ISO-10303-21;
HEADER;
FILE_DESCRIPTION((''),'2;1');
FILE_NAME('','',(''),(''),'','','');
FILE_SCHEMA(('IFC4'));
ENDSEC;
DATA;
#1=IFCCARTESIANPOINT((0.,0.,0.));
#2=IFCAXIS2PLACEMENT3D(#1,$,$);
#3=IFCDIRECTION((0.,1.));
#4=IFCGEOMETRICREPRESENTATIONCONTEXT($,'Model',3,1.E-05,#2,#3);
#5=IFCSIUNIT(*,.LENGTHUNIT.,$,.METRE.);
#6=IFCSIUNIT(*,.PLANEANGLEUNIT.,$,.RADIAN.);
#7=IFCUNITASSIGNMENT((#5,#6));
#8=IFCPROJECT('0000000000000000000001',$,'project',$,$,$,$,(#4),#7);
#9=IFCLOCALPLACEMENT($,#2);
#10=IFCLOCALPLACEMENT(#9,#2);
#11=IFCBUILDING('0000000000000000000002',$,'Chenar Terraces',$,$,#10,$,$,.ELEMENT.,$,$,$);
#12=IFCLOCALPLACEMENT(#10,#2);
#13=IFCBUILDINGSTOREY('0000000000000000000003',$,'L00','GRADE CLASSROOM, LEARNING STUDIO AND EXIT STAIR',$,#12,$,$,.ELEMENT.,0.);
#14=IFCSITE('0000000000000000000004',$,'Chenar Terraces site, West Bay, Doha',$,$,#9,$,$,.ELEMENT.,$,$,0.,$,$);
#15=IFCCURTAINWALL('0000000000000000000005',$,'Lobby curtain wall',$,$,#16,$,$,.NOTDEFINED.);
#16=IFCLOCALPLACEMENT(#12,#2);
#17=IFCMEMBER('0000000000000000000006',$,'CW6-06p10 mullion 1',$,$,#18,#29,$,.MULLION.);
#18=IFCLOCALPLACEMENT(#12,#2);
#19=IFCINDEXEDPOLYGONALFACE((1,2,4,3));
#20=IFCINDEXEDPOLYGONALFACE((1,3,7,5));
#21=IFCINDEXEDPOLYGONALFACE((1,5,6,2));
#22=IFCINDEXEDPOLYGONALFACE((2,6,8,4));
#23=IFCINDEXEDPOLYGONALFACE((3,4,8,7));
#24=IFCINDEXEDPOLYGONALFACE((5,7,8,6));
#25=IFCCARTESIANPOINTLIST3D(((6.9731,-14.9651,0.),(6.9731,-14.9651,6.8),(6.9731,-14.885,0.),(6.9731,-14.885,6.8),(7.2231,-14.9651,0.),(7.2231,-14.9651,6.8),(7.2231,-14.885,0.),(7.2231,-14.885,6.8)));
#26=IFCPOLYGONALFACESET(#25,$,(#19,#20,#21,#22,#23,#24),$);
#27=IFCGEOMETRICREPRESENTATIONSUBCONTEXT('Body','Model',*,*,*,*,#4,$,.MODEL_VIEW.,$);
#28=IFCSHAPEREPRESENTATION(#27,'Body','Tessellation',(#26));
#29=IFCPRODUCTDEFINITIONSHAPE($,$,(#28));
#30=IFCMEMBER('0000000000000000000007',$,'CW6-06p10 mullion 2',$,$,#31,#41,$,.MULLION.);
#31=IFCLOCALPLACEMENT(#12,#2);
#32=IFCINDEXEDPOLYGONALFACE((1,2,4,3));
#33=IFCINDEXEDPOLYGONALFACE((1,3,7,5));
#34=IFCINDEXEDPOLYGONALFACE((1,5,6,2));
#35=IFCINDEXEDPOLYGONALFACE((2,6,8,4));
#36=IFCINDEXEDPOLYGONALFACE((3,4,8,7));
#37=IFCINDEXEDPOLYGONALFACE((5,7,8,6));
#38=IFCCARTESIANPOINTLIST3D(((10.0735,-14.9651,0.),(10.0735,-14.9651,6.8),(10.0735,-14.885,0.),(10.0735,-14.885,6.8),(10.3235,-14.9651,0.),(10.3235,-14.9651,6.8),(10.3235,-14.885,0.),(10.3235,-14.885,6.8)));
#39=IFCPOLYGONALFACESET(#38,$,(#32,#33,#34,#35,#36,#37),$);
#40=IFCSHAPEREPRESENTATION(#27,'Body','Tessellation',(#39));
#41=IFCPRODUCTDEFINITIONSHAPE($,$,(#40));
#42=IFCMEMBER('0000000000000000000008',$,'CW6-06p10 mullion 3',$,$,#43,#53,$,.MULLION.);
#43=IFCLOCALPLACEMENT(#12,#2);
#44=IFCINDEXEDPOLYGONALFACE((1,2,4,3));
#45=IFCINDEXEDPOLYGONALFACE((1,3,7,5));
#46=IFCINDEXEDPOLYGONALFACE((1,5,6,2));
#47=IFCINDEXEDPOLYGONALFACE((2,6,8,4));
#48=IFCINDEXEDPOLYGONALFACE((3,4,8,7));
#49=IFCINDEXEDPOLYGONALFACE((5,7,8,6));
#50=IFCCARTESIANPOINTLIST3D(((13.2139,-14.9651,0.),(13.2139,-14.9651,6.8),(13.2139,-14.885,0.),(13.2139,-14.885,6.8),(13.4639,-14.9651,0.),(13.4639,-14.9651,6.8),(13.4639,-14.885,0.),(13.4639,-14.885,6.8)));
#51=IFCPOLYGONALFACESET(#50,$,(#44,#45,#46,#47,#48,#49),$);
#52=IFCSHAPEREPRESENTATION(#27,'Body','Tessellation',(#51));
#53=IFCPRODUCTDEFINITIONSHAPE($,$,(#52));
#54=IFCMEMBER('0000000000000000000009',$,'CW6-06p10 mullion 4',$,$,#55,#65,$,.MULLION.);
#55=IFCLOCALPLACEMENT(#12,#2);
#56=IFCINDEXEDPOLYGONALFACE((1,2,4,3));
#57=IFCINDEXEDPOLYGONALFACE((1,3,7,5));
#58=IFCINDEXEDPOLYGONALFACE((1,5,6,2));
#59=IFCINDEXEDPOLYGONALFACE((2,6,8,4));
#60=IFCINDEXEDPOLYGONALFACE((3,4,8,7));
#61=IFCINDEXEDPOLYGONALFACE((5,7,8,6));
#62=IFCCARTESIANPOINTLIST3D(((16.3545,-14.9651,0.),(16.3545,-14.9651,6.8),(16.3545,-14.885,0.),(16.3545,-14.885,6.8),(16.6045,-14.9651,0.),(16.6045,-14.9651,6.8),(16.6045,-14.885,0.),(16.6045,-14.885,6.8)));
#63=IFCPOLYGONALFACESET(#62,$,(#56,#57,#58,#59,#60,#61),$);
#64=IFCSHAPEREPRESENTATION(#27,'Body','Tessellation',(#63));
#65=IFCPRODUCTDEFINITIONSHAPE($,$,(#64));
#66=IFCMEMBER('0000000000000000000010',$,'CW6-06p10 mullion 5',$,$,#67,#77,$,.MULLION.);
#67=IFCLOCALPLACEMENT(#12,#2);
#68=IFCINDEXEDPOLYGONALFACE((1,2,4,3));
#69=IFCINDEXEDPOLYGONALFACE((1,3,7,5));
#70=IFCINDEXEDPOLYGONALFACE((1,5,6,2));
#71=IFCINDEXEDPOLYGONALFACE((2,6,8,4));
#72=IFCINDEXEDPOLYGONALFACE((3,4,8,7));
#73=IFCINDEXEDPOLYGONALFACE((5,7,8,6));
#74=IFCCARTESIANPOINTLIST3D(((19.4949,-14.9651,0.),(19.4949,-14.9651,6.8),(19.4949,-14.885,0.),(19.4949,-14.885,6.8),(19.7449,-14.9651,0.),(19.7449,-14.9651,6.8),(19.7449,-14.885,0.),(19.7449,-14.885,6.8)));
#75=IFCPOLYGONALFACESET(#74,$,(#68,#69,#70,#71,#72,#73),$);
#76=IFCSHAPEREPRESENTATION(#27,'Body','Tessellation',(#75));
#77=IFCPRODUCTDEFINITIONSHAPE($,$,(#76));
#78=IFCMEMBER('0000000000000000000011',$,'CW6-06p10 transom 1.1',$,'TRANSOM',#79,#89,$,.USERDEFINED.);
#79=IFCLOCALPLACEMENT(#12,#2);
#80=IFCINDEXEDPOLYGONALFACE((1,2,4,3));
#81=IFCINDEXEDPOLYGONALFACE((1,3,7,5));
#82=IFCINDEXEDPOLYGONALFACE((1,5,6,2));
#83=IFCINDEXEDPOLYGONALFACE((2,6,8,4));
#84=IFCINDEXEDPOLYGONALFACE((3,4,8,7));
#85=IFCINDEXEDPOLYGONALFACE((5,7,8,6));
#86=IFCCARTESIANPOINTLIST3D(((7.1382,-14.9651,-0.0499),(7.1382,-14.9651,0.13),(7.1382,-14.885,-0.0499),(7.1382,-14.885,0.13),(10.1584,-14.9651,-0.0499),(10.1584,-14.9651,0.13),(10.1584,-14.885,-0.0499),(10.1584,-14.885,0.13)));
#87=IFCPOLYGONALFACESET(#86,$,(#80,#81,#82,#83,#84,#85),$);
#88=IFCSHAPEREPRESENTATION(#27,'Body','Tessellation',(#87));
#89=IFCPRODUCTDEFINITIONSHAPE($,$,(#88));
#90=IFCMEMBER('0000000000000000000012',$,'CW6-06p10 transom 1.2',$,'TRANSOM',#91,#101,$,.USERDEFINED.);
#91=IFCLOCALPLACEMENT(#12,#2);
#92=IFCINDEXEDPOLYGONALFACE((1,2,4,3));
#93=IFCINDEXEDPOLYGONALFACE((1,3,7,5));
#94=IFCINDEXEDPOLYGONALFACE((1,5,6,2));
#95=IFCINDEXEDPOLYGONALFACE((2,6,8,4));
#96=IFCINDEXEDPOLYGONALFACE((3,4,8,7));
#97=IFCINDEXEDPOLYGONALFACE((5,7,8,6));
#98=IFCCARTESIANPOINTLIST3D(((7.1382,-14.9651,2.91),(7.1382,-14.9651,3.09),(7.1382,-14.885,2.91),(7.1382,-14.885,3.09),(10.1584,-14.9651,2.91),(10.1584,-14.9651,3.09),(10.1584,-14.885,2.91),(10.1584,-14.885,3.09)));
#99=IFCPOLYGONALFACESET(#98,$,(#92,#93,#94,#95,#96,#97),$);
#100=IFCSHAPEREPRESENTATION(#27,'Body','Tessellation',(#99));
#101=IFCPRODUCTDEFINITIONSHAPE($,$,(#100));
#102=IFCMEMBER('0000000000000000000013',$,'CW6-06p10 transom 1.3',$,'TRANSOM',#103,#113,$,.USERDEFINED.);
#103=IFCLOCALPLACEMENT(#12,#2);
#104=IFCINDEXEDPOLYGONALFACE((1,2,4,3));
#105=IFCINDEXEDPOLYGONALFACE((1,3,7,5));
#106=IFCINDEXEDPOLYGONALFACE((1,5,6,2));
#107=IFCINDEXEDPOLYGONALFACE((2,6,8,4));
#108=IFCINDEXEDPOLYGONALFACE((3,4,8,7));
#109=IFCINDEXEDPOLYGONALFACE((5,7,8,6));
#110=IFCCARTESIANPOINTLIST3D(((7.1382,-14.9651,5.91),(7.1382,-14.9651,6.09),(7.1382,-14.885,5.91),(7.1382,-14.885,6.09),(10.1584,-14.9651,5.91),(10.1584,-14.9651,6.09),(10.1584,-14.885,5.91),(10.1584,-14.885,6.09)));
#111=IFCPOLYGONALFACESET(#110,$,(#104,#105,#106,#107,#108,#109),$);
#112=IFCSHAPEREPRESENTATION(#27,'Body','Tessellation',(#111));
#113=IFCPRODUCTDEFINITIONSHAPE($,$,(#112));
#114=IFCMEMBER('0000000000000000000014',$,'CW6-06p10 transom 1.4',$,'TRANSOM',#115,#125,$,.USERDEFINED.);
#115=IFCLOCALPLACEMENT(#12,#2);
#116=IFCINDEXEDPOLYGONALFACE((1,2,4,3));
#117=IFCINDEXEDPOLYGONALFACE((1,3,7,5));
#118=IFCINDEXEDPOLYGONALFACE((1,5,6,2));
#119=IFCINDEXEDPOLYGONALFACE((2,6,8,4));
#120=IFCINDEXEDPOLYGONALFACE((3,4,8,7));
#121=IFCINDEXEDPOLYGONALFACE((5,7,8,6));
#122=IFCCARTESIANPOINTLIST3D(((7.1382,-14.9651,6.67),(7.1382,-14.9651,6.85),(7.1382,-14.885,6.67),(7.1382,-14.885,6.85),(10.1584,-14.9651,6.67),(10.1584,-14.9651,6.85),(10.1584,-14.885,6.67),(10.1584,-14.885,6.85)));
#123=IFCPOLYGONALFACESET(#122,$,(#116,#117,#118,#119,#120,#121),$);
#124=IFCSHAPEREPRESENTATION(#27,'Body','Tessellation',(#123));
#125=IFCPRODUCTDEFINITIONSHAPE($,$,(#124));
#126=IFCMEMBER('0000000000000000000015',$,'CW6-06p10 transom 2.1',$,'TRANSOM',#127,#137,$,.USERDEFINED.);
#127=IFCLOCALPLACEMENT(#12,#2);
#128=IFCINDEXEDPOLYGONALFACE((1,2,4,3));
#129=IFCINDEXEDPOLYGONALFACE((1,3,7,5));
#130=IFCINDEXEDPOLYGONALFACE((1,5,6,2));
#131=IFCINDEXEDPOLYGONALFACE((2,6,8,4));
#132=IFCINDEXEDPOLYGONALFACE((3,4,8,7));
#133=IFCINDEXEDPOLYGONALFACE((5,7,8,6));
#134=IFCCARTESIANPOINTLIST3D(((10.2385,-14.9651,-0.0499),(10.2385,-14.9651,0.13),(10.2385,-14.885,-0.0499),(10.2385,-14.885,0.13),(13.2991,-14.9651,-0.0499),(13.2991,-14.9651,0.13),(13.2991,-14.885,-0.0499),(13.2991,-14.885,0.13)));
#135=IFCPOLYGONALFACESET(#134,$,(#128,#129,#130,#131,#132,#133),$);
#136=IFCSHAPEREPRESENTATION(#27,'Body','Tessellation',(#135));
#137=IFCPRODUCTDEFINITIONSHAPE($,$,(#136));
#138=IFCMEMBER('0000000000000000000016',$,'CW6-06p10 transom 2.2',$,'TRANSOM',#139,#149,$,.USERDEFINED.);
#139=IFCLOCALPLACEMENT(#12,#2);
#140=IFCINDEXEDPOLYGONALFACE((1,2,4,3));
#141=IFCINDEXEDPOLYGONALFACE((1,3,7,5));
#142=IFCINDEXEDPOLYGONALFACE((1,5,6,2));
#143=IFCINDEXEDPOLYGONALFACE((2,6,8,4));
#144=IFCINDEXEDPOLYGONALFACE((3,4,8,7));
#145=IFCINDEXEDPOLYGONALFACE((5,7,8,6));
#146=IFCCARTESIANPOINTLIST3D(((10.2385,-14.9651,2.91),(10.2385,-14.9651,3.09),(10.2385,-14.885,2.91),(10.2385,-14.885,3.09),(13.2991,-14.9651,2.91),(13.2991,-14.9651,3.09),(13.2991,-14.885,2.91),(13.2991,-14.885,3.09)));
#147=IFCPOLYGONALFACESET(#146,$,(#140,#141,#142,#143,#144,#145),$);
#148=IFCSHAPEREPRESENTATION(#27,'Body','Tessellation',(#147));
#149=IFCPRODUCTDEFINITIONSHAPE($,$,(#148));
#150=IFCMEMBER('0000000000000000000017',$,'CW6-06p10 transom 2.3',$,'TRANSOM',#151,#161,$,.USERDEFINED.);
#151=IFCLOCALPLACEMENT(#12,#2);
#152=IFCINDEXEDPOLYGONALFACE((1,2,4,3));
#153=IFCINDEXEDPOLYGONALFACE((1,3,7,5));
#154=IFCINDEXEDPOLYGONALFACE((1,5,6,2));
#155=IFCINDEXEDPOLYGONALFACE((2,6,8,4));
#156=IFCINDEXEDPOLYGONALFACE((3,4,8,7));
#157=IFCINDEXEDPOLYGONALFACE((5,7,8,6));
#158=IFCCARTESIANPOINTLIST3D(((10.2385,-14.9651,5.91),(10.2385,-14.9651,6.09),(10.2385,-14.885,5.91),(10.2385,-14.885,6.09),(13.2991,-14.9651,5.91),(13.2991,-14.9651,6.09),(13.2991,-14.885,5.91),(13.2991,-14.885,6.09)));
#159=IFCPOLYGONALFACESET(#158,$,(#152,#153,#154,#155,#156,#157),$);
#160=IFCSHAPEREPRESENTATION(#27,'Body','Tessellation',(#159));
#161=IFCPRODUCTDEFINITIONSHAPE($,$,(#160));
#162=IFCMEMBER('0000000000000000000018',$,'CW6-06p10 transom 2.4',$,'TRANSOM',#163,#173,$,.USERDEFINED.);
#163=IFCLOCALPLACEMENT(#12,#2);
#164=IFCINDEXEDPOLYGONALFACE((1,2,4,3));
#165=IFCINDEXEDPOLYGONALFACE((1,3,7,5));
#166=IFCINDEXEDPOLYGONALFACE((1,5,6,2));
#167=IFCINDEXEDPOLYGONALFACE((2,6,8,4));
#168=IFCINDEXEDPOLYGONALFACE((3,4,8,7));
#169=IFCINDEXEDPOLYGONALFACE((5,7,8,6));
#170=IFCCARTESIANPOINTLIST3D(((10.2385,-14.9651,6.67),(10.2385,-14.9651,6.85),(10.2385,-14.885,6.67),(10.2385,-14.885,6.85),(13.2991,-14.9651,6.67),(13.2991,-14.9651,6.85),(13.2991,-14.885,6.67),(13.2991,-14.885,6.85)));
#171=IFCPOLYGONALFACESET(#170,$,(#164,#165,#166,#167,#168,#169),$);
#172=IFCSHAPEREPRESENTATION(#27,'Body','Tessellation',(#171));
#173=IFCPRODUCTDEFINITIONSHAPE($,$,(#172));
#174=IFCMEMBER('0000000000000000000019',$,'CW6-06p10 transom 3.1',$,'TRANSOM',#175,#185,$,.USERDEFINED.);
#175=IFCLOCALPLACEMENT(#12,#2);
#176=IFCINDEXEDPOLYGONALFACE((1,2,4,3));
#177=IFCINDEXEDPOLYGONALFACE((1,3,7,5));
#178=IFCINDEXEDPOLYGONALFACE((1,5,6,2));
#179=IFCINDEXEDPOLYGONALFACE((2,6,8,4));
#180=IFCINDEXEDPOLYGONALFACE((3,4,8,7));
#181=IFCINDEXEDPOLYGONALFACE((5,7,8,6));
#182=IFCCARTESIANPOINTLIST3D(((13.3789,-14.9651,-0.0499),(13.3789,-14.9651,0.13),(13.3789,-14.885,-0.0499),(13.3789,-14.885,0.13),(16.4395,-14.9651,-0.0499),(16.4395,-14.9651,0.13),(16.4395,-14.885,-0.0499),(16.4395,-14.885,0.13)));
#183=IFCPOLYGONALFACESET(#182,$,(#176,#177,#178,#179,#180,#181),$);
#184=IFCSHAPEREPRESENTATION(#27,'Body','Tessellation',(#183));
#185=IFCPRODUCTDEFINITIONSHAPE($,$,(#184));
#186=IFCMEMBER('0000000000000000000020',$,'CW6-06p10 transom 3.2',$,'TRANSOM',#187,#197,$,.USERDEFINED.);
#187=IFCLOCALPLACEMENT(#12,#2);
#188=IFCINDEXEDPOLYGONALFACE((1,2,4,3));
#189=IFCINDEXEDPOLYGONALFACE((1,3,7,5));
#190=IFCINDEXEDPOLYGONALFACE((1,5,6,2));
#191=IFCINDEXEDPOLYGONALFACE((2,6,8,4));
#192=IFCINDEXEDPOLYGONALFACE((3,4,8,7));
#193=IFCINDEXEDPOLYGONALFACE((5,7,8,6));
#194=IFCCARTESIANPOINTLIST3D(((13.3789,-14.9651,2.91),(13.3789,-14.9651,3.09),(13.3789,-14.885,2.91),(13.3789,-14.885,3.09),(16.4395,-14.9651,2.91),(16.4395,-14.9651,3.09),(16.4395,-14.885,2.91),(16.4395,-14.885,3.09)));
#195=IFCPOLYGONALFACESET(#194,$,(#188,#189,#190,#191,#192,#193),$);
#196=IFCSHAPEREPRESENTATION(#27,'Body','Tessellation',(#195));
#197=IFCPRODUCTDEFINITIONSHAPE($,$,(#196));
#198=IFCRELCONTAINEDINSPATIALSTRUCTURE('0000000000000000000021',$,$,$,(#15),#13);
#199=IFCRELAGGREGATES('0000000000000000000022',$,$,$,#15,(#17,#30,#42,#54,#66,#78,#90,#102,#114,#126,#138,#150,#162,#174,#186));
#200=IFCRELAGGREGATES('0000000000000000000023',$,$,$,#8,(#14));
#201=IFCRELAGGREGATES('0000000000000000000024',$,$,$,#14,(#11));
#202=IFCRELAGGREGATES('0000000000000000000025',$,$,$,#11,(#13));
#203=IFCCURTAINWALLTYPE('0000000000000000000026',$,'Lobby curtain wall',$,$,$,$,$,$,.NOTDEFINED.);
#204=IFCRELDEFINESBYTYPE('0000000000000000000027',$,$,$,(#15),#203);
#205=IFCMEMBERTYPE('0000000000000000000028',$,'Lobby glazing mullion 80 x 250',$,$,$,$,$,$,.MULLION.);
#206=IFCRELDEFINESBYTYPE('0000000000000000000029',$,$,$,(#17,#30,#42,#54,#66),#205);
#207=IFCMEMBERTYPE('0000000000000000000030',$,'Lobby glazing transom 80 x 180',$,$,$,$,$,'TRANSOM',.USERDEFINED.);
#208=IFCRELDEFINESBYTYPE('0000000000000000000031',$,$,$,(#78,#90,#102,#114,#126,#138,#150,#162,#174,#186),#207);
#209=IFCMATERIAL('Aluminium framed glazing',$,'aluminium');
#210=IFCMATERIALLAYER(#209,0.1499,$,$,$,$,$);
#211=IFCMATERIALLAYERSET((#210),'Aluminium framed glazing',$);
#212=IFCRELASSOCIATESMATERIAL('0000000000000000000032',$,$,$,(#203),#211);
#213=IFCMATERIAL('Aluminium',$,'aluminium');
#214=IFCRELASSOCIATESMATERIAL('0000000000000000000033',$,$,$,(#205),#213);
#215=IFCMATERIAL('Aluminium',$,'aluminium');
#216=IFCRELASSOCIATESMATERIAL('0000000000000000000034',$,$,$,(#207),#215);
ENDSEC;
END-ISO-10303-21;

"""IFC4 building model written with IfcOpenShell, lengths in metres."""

from ifc_helpers import new_model, si_unit, direction, frame, origin, origin_2d, place, context, subcontext, project, spatial, rectangle, extrude, material, layer, layer_set, material_profile, profile_set, type_object, element, aggregate, save


model = new_model("IFC4")

# Units and contexts
model_context = context("Model", 3, precision=1e-05, world=origin(), true_north=direction((0.0, 1.0)))
body_context = subcontext(model_context, "Body", "Model", "MODEL_VIEW")
ifc_project = project(units=[si_unit("LENGTHUNIT", "METRE"), si_unit("PLANEANGLEUNIT", "RADIAN")], contexts=[model_context])

# Site, building, storey
site_placement = place(None, origin())
site = spatial("IfcSite", under=ifc_project, at=site_placement, Name="Chenar Terraces site, West Bay, Doha", CompositionType="ELEMENT", RefElevation=0.0)
building_placement = place(site_placement, origin())
building = spatial("IfcBuilding", under=site, at=building_placement, Name="Chenar Terraces", CompositionType="ELEMENT")
storey_placement = place(building_placement, origin())
storey = spatial("IfcBuildingStorey", under=building, at=storey_placement, Name="L00", Description="GRADE CLASSROOM, LEARNING STUDIO AND EXIT STAIR", CompositionType="ELEMENT", Elevation=0.0)

# Curtain wall, members
ifc_material_1 = material(Name="Aluminium framed glazing", Category="aluminium")
ifc_layer_1 = layer(ifc_material_1, 0.1499)
ifc_layer_set_1 = layer_set([ifc_layer_1], Name="Aluminium framed glazing")
curtain_wall_type = type_object("IfcCurtainWallType", Name="Lobby curtain wall", PredefinedType="NOTDEFINED", material=ifc_layer_set_1)
curtain_wall_placement = place(storey_placement, origin())
curtain_wall = element("IfcCurtainWall", 1, at=curtain_wall_placement, inside=storey, type_object=curtain_wall_type, Name="Lobby curtain wall", PredefinedType="NOTDEFINED")
ifc_material_2 = material(Name="Aluminium", Category="aluminium")
ifc_material_profile_1 = material_profile(ifc_material_2, rectangle(XDim=0.0801, YDim=0.25, at=origin_2d()), Name="Lobby glazing mullion 80 x 250")
ifc_profile_set_1 = profile_set([ifc_material_profile_1], Name="Aluminium")
member_type_1 = type_object("IfcMemberType", Name="Lobby glazing mullion 80 x 250", PredefinedType="MULLION", material=ifc_profile_set_1)
member_1_placement = place(storey_placement, frame((7.0981, -14.925, 0.0), z_axis=(0.0, 0.0, 1.0), x_axis=(0.0, 1.0, 0.0)))
member_1 = element("IfcMember", 2, at=member_1_placement, type_object=member_type_1, Name="CW6-06p10 mullion 1", PredefinedType="MULLION", context=body_context, shape_type="SweptSolid", body=[
    extrude(rectangle(XDim=0.0801, YDim=0.25, at=origin_2d()), origin(), (0.0, 0.0, 1.0), 6.8),
])
member_2_placement = place(storey_placement, frame((10.1985, -14.925, 0.0), z_axis=(0.0, 0.0, 1.0), x_axis=(0.0, 1.0, 0.0)))
member_2 = element("IfcMember", 3, at=member_2_placement, type_object=member_type_1, Name="CW6-06p10 mullion 2", PredefinedType="MULLION", context=body_context, shape_type="SweptSolid", body=[
    extrude(rectangle(XDim=0.0801, YDim=0.25, at=origin_2d()), origin(), (0.0, 0.0, 1.0), 6.8),
])
member_3_placement = place(storey_placement, frame((13.3389, -14.925, 0.0), z_axis=(0.0, 0.0, 1.0), x_axis=(0.0, 1.0, 0.0)))
member_3 = element("IfcMember", 4, at=member_3_placement, type_object=member_type_1, Name="CW6-06p10 mullion 3", PredefinedType="MULLION", context=body_context, shape_type="SweptSolid", body=[
    extrude(rectangle(XDim=0.0801, YDim=0.25, at=origin_2d()), origin(), (0.0, 0.0, 1.0), 6.8),
])
member_4_placement = place(storey_placement, frame((16.4795, -14.925, 0.0), z_axis=(0.0, 0.0, 1.0), x_axis=(0.0, 1.0, 0.0)))
member_4 = element("IfcMember", 5, at=member_4_placement, type_object=member_type_1, Name="CW6-06p10 mullion 4", PredefinedType="MULLION", context=body_context, shape_type="SweptSolid", body=[
    extrude(rectangle(XDim=0.0801, YDim=0.25, at=origin_2d()), origin(), (0.0, 0.0, 1.0), 6.8),
])
member_5_placement = place(storey_placement, frame((19.6199, -14.925, 0.0), z_axis=(0.0, 0.0, 1.0), x_axis=(0.0, 1.0, 0.0)))
member_5 = element("IfcMember", 6, at=member_5_placement, type_object=member_type_1, Name="CW6-06p10 mullion 5", PredefinedType="MULLION", context=body_context, shape_type="SweptSolid", body=[
    extrude(rectangle(XDim=0.0801, YDim=0.25, at=origin_2d()), origin(), (0.0, 0.0, 1.0), 6.8),
])
ifc_material_3 = material(Name="Aluminium", Category="aluminium")
ifc_material_profile_2 = material_profile(ifc_material_3, rectangle(XDim=0.0801, YDim=0.1799, at=origin_2d()), Name="Lobby glazing transom 80 x 180")
ifc_profile_set_2 = profile_set([ifc_material_profile_2], Name="Aluminium")
member_type_2 = type_object("IfcMemberType", Name="Lobby glazing transom 80 x 180", ElementType="TRANSOM", PredefinedType="USERDEFINED", material=ifc_profile_set_2)
member_6_placement = place(storey_placement, frame((7.1382, -14.925, 0.04), z_axis=(1.0, 0.0, 0.0), x_axis=(0.0, 1.0, 0.0)))
member_6 = element("IfcMember", 7, at=member_6_placement, type_object=member_type_2, Name="CW6-06p10 transom 1.1", ObjectType="TRANSOM", PredefinedType="USERDEFINED", context=body_context, shape_type="SweptSolid", body=[
    extrude(rectangle(XDim=0.0801, YDim=0.1799, at=origin_2d()), origin(), (0.0, 0.0, 1.0), 3.0203),
])
member_7_placement = place(storey_placement, frame((7.1382, -14.925, 3.0), z_axis=(1.0, 0.0, 0.0), x_axis=(0.0, 1.0, 0.0)))
member_7 = element("IfcMember", 8, at=member_7_placement, type_object=member_type_2, Name="CW6-06p10 transom 1.2", ObjectType="TRANSOM", PredefinedType="USERDEFINED", context=body_context, shape_type="SweptSolid", body=[
    extrude(rectangle(XDim=0.0801, YDim=0.1799, at=origin_2d()), origin(), (0.0, 0.0, 1.0), 3.0203),
])
member_8_placement = place(storey_placement, frame((7.1382, -14.925, 6.0), z_axis=(1.0, 0.0, 0.0), x_axis=(0.0, 1.0, 0.0)))
member_8 = element("IfcMember", 9, at=member_8_placement, type_object=member_type_2, Name="CW6-06p10 transom 1.3", ObjectType="TRANSOM", PredefinedType="USERDEFINED", context=body_context, shape_type="SweptSolid", body=[
    extrude(rectangle(XDim=0.0801, YDim=0.1799, at=origin_2d()), origin(), (0.0, 0.0, 1.0), 3.0203),
])
member_9_placement = place(storey_placement, frame((7.1382, -14.925, 6.76), z_axis=(1.0, 0.0, 0.0), x_axis=(0.0, 1.0, 0.0)))
member_9 = element("IfcMember", 10, at=member_9_placement, type_object=member_type_2, Name="CW6-06p10 transom 1.4", ObjectType="TRANSOM", PredefinedType="USERDEFINED", context=body_context, shape_type="SweptSolid", body=[
    extrude(rectangle(XDim=0.0801, YDim=0.1799, at=origin_2d()), origin(), (0.0, 0.0, 1.0), 3.0203),
])
member_10_placement = place(storey_placement, frame((10.2385, -14.925, 0.04), z_axis=(1.0, 0.0, 0.0), x_axis=(0.0, 1.0, 0.0)))
member_10 = element("IfcMember", 11, at=member_10_placement, type_object=member_type_2, Name="CW6-06p10 transom 2.1", ObjectType="TRANSOM", PredefinedType="USERDEFINED", context=body_context, shape_type="SweptSolid", body=[
    extrude(rectangle(XDim=0.0801, YDim=0.1799, at=origin_2d()), origin(), (0.0, 0.0, 1.0), 3.0605),
])
member_11_placement = place(storey_placement, frame((10.2385, -14.925, 3.0), z_axis=(1.0, 0.0, 0.0), x_axis=(0.0, 1.0, 0.0)))
member_11 = element("IfcMember", 12, at=member_11_placement, type_object=member_type_2, Name="CW6-06p10 transom 2.2", ObjectType="TRANSOM", PredefinedType="USERDEFINED", context=body_context, shape_type="SweptSolid", body=[
    extrude(rectangle(XDim=0.0801, YDim=0.1799, at=origin_2d()), origin(), (0.0, 0.0, 1.0), 3.0605),
])
member_12_placement = place(storey_placement, frame((10.2385, -14.925, 6.0), z_axis=(1.0, 0.0, 0.0), x_axis=(0.0, 1.0, 0.0)))
member_12 = element("IfcMember", 13, at=member_12_placement, type_object=member_type_2, Name="CW6-06p10 transom 2.3", ObjectType="TRANSOM", PredefinedType="USERDEFINED", context=body_context, shape_type="SweptSolid", body=[
    extrude(rectangle(XDim=0.0801, YDim=0.1799, at=origin_2d()), origin(), (0.0, 0.0, 1.0), 3.0605),
])
member_13_placement = place(storey_placement, frame((10.2385, -14.925, 6.76), z_axis=(1.0, 0.0, 0.0), x_axis=(0.0, 1.0, 0.0)))
member_13 = element("IfcMember", 14, at=member_13_placement, type_object=member_type_2, Name="CW6-06p10 transom 2.4", ObjectType="TRANSOM", PredefinedType="USERDEFINED", context=body_context, shape_type="SweptSolid", body=[
    extrude(rectangle(XDim=0.0801, YDim=0.1799, at=origin_2d()), origin(), (0.0, 0.0, 1.0), 3.0605),
])
member_14_placement = place(storey_placement, frame((13.3789, -14.925, 0.04), z_axis=(1.0, 0.0, 0.0), x_axis=(0.0, 1.0, 0.0)))
member_14 = element("IfcMember", 15, at=member_14_placement, type_object=member_type_2, Name="CW6-06p10 transom 3.1", ObjectType="TRANSOM", PredefinedType="USERDEFINED", context=body_context, shape_type="SweptSolid", body=[
    extrude(rectangle(XDim=0.0801, YDim=0.1799, at=origin_2d()), origin(), (0.0, 0.0, 1.0), 3.0605),
])
member_15_placement = place(storey_placement, frame((13.3789, -14.925, 3.0), z_axis=(1.0, 0.0, 0.0), x_axis=(0.0, 1.0, 0.0)))
member_15 = element("IfcMember", 16, at=member_15_placement, type_object=member_type_2, Name="CW6-06p10 transom 3.2", ObjectType="TRANSOM", PredefinedType="USERDEFINED", context=body_context, shape_type="SweptSolid", body=[
    extrude(rectangle(XDim=0.0801, YDim=0.1799, at=origin_2d()), origin(), (0.0, 0.0, 1.0), 3.0605),
])
aggregate(curtain_wall, [member_1, member_2, member_3, member_4, member_5, member_6, member_7, member_8, member_9, member_10, member_11, member_12, member_13, member_14, member_15])

save(model, "model.ifc")
